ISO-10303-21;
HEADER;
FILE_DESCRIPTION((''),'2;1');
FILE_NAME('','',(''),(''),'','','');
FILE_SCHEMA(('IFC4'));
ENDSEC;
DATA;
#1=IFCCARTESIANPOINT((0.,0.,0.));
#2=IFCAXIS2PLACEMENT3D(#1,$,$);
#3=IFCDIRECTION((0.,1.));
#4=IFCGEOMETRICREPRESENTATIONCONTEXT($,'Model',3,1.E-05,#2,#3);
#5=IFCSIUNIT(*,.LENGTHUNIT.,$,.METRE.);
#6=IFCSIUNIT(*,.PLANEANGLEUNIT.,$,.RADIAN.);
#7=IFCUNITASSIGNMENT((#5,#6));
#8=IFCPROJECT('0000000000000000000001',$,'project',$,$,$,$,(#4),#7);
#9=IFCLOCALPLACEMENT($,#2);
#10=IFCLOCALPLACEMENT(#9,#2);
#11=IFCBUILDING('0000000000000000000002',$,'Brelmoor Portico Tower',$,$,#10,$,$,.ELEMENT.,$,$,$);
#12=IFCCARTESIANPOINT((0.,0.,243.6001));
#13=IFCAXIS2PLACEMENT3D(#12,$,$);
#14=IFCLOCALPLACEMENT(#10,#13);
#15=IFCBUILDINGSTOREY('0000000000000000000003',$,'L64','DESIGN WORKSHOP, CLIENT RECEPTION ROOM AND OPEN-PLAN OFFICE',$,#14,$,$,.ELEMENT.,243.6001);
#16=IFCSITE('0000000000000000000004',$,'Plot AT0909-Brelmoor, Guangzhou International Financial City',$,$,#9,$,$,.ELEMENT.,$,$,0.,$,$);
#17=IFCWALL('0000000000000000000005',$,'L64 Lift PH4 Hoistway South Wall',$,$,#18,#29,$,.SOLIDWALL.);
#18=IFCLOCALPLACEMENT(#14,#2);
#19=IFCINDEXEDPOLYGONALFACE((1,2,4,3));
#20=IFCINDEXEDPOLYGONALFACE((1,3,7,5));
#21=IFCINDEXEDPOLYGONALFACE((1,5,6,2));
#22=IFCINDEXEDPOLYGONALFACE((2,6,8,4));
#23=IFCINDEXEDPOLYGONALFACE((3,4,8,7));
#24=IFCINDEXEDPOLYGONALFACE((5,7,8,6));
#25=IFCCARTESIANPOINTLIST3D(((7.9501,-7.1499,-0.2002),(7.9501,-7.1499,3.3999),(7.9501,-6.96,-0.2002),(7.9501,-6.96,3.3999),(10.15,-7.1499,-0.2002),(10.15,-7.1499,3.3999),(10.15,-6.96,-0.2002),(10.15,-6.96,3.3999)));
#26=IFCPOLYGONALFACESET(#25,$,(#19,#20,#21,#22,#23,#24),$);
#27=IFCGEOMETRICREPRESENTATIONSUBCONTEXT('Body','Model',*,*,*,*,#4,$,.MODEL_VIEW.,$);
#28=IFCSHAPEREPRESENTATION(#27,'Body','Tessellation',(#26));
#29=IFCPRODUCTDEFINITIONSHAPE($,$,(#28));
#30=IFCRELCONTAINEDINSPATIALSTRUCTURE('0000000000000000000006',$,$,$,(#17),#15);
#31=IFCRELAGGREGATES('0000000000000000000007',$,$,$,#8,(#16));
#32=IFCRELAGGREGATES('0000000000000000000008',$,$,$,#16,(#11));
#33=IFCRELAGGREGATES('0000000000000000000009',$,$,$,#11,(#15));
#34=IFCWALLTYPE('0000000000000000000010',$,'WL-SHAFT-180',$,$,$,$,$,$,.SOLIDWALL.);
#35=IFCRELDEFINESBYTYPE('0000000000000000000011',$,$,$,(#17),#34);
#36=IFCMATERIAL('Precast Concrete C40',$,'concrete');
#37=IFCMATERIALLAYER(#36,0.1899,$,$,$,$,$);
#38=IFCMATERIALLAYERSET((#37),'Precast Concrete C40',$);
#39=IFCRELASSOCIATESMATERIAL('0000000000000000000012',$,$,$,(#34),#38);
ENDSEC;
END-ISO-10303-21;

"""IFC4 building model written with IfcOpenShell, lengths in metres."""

from ifc_helpers import new_model, si_unit, direction, frame, frame_2d, origin, place, context, subcontext, project, spatial, rectangle, extrude, material, layer, layer_set, type_object, element, save


model = new_model("IFC4")

# Units and contexts
model_context = context("Model", 3, precision=1e-05, world=origin(), true_north=direction((0.0, 1.0)))
body_context = subcontext(model_context, "Body", "Model", "MODEL_VIEW")
ifc_project = project(units=[si_unit("LENGTHUNIT", "METRE"), si_unit("PLANEANGLEUNIT", "RADIAN")], contexts=[model_context])

# Site, building, storey
site_placement = place(None, origin())
site = spatial("IfcSite", under=ifc_project, at=site_placement, Name="Plot AT0909-Brelmoor, Guangzhou International Financial City", CompositionType="ELEMENT", RefElevation=0.0)
building_placement = place(site_placement, origin())
building = spatial("IfcBuilding", under=site, at=building_placement, Name="Brelmoor Portico Tower", CompositionType="ELEMENT")
storey_placement = place(building_placement, frame((0.0, 0.0, 243.6001)))
storey = spatial("IfcBuildingStorey", under=building, at=storey_placement, Name="L64", Description="DESIGN WORKSHOP, CLIENT RECEPTION ROOM AND OPEN-PLAN OFFICE", CompositionType="ELEMENT", Elevation=243.6001)

# Shared definitions
ifc_material_1 = material(Name="Precast Concrete C40", Category="concrete")
ifc_layer_1 = layer(ifc_material_1, 0.1899)
ifc_layer_set_1 = layer_set([ifc_layer_1], Name="Precast Concrete C40")
wall_type_1 = type_object("IfcWallType", Name="WL-SHAFT-180", PredefinedType="SOLIDWALL", material=ifc_layer_set_1)

# Wall
for number, where, z_axis, x_axis, name in (
    (1, (7.95, -7.0549, -0.2002), (0.0, 0.0, 1.0), (1.0, 0.0, 0.0), "L64 Lift PH4 Hoistway South Wall"),
):
    element("IfcWall", number, at=place(storey_placement, frame(where, z_axis=z_axis, x_axis=x_axis)), inside=storey, type_object=wall_type_1, Name=name, PredefinedType="SOLIDWALL", context=body_context, shape_type="SweptSolid", body=[
        extrude(rectangle(XDim=2.2, YDim=0.1899, at=frame_2d((1.1001, 0.0))), origin(), (0.0, 0.0, 1.0), 3.6001),
    ])

save(model, "model.ifc")
